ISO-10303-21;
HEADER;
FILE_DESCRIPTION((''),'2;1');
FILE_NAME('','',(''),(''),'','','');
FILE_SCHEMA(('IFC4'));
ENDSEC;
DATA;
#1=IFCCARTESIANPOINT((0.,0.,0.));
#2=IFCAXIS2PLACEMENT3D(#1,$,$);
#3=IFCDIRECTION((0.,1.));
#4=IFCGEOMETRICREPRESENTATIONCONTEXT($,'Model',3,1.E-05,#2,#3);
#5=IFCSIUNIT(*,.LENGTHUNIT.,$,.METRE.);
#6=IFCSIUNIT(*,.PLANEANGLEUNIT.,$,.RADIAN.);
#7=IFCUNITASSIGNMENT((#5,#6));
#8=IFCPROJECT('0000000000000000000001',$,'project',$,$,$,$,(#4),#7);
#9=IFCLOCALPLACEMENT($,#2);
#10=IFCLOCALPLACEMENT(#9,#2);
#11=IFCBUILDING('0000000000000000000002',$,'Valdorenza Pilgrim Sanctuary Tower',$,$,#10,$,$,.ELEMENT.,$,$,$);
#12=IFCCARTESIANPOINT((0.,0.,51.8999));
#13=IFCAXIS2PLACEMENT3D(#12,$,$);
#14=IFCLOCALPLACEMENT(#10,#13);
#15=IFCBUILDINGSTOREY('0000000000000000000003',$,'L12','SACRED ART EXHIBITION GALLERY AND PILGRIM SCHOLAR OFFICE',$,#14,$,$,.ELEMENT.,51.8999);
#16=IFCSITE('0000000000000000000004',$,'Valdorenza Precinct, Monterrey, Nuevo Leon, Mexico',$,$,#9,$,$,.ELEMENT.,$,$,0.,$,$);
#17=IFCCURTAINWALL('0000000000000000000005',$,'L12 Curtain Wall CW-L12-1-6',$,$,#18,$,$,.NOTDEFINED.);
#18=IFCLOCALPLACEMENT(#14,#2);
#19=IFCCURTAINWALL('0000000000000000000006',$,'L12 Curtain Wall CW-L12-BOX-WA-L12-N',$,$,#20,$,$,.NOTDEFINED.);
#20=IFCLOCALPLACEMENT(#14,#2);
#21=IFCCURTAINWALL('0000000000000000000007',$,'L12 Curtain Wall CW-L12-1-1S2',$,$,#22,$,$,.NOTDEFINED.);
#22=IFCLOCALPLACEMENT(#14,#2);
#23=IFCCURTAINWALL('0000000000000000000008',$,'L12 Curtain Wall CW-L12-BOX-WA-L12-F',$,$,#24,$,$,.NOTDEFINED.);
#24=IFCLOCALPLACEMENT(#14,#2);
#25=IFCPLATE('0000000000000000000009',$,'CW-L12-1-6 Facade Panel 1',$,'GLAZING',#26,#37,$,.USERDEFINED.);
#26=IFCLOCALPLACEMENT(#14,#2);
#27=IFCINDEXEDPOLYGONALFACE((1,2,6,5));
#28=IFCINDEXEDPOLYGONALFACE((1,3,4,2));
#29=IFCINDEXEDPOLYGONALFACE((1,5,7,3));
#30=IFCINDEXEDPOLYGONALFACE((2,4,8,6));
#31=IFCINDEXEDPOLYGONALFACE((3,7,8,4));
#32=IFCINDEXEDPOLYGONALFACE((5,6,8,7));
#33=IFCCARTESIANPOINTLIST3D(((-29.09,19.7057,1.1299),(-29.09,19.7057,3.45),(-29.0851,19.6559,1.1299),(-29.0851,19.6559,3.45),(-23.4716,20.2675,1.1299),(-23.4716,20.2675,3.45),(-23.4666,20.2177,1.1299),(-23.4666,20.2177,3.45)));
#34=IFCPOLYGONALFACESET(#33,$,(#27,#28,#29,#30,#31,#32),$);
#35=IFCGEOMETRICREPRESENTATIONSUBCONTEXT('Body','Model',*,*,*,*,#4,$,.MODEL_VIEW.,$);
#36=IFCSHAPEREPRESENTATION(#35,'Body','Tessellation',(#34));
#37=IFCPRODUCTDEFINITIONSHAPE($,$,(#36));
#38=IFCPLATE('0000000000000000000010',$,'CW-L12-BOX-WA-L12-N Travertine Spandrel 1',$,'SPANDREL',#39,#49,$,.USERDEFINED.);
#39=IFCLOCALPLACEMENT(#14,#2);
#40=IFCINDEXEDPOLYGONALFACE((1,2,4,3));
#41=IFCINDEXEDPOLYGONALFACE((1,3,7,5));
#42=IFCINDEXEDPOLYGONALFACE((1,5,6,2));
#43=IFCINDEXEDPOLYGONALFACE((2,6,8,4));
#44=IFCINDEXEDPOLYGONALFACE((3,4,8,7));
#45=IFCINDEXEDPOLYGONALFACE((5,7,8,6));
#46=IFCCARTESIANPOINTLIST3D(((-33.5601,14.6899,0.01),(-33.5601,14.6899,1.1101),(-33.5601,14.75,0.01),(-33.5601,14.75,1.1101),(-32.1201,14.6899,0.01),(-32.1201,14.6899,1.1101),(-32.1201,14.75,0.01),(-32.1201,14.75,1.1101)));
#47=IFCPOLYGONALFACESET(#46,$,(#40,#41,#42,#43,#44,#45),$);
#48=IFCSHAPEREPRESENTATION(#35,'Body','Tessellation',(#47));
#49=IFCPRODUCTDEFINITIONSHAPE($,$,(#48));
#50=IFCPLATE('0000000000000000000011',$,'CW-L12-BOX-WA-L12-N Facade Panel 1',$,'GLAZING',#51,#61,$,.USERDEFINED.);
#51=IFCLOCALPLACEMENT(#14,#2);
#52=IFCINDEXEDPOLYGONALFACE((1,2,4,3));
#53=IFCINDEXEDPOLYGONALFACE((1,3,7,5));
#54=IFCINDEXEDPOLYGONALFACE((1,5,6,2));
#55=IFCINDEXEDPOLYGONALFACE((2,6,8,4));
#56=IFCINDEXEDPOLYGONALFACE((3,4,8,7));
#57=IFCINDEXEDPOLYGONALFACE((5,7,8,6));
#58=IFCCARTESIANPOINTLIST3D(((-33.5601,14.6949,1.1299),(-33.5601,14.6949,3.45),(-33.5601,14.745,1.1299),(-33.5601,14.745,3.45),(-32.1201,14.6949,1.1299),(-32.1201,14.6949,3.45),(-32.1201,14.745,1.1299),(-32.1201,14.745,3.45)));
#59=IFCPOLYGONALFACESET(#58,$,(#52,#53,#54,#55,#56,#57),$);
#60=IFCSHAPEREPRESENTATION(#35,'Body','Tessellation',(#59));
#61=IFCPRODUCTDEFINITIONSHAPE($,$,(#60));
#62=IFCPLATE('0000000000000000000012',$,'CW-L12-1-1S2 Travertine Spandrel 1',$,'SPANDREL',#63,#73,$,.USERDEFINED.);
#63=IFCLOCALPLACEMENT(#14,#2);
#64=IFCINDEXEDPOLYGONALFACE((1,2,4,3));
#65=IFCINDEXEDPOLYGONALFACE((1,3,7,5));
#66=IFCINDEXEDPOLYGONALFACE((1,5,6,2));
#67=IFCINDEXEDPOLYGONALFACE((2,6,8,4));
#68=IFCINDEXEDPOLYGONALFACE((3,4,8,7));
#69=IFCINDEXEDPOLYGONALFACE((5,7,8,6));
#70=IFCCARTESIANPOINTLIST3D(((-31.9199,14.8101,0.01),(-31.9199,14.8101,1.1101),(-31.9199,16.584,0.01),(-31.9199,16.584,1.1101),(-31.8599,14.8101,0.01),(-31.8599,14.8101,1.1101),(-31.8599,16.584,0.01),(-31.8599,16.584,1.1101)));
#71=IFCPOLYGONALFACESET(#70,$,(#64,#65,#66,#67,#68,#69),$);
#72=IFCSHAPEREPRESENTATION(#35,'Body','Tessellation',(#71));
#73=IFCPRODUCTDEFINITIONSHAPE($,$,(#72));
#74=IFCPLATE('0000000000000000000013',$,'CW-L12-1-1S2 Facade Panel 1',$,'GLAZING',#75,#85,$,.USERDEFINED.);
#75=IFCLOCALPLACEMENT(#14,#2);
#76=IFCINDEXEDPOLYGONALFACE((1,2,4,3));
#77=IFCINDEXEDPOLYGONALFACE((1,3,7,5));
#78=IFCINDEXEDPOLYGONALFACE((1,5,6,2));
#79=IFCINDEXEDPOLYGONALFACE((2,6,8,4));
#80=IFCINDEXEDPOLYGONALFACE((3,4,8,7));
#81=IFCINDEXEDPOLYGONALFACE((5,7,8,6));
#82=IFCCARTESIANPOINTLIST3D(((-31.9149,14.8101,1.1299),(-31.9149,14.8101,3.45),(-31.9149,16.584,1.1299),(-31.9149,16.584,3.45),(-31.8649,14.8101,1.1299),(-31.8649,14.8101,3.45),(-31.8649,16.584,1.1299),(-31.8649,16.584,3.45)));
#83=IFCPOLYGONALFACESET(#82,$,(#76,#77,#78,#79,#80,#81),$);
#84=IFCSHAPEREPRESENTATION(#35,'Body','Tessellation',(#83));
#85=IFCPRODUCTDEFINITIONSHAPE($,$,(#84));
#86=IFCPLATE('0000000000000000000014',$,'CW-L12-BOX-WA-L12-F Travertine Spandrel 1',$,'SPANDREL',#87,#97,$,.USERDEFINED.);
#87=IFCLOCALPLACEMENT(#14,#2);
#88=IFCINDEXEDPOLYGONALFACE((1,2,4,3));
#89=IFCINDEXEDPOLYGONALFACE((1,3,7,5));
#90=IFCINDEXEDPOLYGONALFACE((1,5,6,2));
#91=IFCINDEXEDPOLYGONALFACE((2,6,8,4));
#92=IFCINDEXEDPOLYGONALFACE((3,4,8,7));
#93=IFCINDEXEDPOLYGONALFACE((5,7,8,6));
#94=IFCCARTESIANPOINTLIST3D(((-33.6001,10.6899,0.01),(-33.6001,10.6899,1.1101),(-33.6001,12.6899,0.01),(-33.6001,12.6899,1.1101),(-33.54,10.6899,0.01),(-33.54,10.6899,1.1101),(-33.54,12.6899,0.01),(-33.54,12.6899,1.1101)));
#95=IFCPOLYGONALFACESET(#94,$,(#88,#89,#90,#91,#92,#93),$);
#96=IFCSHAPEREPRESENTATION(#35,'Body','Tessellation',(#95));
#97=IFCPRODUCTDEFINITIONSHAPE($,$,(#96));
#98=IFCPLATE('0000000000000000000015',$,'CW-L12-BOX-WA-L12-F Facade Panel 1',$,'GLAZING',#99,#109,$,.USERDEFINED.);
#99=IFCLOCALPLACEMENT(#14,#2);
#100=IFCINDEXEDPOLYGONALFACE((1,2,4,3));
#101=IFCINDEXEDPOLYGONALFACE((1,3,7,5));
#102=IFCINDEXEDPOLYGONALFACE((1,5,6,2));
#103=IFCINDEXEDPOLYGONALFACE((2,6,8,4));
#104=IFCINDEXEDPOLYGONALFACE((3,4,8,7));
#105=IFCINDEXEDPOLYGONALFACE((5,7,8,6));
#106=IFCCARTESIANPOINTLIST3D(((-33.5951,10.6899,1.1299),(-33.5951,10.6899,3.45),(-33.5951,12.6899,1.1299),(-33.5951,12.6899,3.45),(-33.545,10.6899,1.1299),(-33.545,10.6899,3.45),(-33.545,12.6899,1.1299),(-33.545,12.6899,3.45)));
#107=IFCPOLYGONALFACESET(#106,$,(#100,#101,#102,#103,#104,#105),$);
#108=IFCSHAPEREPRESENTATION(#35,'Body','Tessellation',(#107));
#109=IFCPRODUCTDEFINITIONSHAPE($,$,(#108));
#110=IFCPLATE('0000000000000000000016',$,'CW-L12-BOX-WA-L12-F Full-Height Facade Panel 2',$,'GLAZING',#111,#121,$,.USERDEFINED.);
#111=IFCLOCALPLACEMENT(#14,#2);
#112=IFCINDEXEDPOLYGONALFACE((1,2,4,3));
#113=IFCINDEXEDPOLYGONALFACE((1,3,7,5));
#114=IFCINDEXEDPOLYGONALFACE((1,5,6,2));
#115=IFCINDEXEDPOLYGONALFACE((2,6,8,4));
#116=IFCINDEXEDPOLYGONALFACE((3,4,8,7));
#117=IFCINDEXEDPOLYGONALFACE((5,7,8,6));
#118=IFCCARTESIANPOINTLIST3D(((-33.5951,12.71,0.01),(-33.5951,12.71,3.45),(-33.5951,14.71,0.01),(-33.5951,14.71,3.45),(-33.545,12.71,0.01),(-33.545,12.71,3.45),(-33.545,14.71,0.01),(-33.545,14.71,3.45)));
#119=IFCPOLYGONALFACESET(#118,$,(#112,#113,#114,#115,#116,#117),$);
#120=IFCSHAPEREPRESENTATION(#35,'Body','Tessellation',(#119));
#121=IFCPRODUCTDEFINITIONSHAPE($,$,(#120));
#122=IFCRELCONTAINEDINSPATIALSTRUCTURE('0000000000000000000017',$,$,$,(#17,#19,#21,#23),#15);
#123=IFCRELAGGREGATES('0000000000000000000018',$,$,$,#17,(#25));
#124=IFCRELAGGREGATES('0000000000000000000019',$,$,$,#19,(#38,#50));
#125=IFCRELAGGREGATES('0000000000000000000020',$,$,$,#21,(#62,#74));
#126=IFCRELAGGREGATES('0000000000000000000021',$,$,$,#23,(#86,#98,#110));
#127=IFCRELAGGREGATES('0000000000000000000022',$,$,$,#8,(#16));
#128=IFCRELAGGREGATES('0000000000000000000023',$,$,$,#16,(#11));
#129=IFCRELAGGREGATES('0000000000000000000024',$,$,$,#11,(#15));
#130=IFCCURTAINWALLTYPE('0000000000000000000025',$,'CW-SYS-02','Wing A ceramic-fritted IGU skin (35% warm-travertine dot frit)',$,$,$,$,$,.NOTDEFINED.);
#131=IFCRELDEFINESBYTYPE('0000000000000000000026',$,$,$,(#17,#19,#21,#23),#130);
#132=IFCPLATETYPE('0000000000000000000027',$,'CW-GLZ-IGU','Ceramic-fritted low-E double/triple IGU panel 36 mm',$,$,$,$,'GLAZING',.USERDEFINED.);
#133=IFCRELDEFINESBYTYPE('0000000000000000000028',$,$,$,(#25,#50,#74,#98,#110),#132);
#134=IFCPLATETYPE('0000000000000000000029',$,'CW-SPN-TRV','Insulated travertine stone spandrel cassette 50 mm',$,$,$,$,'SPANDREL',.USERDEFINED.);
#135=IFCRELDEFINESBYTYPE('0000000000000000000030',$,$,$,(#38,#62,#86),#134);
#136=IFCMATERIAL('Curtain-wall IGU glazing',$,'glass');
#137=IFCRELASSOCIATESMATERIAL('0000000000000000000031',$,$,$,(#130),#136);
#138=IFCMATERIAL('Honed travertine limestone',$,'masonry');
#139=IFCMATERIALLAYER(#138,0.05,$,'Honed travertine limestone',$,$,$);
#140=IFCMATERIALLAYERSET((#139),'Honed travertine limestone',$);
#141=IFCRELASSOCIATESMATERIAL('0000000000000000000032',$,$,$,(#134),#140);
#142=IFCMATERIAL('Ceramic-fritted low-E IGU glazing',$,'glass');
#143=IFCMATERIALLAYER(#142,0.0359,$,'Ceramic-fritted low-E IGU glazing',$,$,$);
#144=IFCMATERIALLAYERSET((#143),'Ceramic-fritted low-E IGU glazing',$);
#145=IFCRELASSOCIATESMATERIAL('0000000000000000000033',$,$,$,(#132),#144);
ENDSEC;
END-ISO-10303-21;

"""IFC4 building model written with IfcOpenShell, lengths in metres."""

from ifc_helpers import new_model, si_unit, direction, frame, origin, origin_2d, place, context, subcontext, project, spatial, rectangle, extrude, source, transform, mapped, material, layer, layer_set, type_object, element, aggregate, save


model = new_model("IFC4")

# Units and contexts
model_context = context("Model", 3, precision=1e-05, world=origin(), true_north=direction((0.0, 1.0)))
body_context = subcontext(model_context, "Body", "Model", "MODEL_VIEW")
ifc_project = project(units=[si_unit("LENGTHUNIT", "METRE"), si_unit("PLANEANGLEUNIT", "RADIAN")], contexts=[model_context])

# Site, building, storey
site_placement = place(None, origin())
site = spatial("IfcSite", under=ifc_project, at=site_placement, Name="Valdorenza Precinct, Monterrey, Nuevo Leon, Mexico", CompositionType="ELEMENT", RefElevation=0.0)
building_placement = place(site_placement, origin())
building = spatial("IfcBuilding", under=site, at=building_placement, Name="Valdorenza Pilgrim Sanctuary Tower", CompositionType="ELEMENT")
storey_placement = place(building_placement, frame((0.0, 0.0, 51.8999)))
storey = spatial("IfcBuildingStorey", under=building, at=storey_placement, Name="L12", Description="SACRED ART EXHIBITION GALLERY AND PILGRIM SCHOLAR OFFICE", CompositionType="ELEMENT", Elevation=51.8999)

# Curtain walls
ifc_material_1 = material(Name="Curtain-wall IGU glazing", Category="glass")
curtain_wall_type = type_object("IfcCurtainWallType", Name="CW-SYS-02", Description="Wing A ceramic-fritted IGU skin (35% warm-travertine dot frit)", PredefinedType="NOTDEFINED", material=ifc_material_1)
curtain_wall_1_placement = place(storey_placement, origin())
curtain_wall_1 = element("IfcCurtainWall", 1, at=curtain_wall_1_placement, inside=storey, type_object=curtain_wall_type, Name="L12 Curtain Wall CW-L12-1-6", PredefinedType="NOTDEFINED")
curtain_wall_2_placement = place(storey_placement, origin())
curtain_wall_2 = element("IfcCurtainWall", 2, at=curtain_wall_2_placement, inside=storey, type_object=curtain_wall_type, Name="L12 Curtain Wall CW-L12-BOX-WA-L12-N", PredefinedType="NOTDEFINED")

# Curtain wall
curtain_wall_3_placement = place(storey_placement, origin())
curtain_wall_3 = element("IfcCurtainWall", 3, at=curtain_wall_3_placement, inside=storey, type_object=curtain_wall_type, Name="L12 Curtain Wall CW-L12-1-1S2", PredefinedType="NOTDEFINED")

# Curtain wall
curtain_wall_4_placement = place(storey_placement, origin())
curtain_wall_4 = element("IfcCurtainWall", 4, at=curtain_wall_4_placement, inside=storey, type_object=curtain_wall_type, Name="L12 Curtain Wall CW-L12-BOX-WA-L12-F", PredefinedType="NOTDEFINED")

# Plates
ifc_material_2 = material(Name="Honed travertine limestone", Category="masonry")
ifc_layer_1 = layer(ifc_material_2, 0.05, Name="Honed travertine limestone")
ifc_layer_set_1 = layer_set([ifc_layer_1], Name="Honed travertine limestone")
plate_type_1 = type_object("IfcPlateType", Name="CW-SPN-TRV", Description="Insulated travertine stone spandrel cassette 50 mm", ElementType="SPANDREL", PredefinedType="USERDEFINED", material=ifc_layer_set_1)
ifc_material_3 = material(Name="Ceramic-fritted low-E IGU glazing", Category="glass")
ifc_layer_2 = layer(ifc_material_3, 0.0359, Name="Ceramic-fritted low-E IGU glazing")
ifc_layer_set_2 = layer_set([ifc_layer_2], Name="Ceramic-fritted low-E IGU glazing")
plate_type_2 = type_object("IfcPlateType", Name="CW-GLZ-IGU", Description="Ceramic-fritted low-E double/triple IGU panel 36 mm", ElementType="GLAZING", PredefinedType="USERDEFINED", material=ifc_layer_set_2)
shared_shape_1 = source(origin(), body_context, "Body", "SweptSolid", [
    extrude(rectangle(XDim=5.6465, YDim=0.05, at=origin_2d()), origin(), (0.0, 0.0, 1.0), 2.3201),
])
plate_1_placement = place(storey_placement, frame((-26.2783, 19.9617, 1.1299), z_axis=(0.0, 0.0, 1.0), x_axis=(0.995038, 0.099493, 0.0)))
plate_1 = element("IfcPlate", 5, at=plate_1_placement, type_object=plate_type_2, Name="CW-L12-1-6 Facade Panel 1", ObjectType="GLAZING", PredefinedType="USERDEFINED", context=body_context, shape_type="MappedRepresentation", body=[
    mapped(shared_shape_1, transform((0.0, 0.0, 0.0), x_axis=(1.0, 0.0, 0.0), y_axis=(0.0, 1.0, 0.0), z_axis=(0.0, 0.0, 1.0), scale=1.0)),
])
aggregate(curtain_wall_1, [plate_1])
shared_shape_2 = source(origin(), body_context, "Body", "SweptSolid", [
    extrude(rectangle(XDim=1.4399, YDim=0.0601, at=origin_2d()), origin(), (0.0, 0.0, 1.0), 1.1001),
])
plate_2_placement = place(storey_placement, frame((-32.8401, 14.72, 0.01), z_axis=(0.0, 0.0, 1.0), x_axis=(1.0, 0.0, 0.0)))
plate_2 = element("IfcPlate", 6, at=plate_2_placement, type_object=plate_type_1, Name="CW-L12-BOX-WA-L12-N Travertine Spandrel 1", ObjectType="SPANDREL", PredefinedType="USERDEFINED", context=body_context, shape_type="MappedRepresentation", body=[
    mapped(shared_shape_2, transform((0.0, 0.0, 0.0), x_axis=(1.0, 0.0, 0.0), y_axis=(0.0, 1.0, 0.0), z_axis=(0.0, 0.0, 1.0), scale=1.0)),
])
shared_shape_3 = source(origin(), body_context, "Body", "SweptSolid", [
    extrude(rectangle(XDim=1.4399, YDim=0.05, at=origin_2d()), origin(), (0.0, 0.0, 1.0), 2.3201),
])
plate_3_placement = place(storey_placement, frame((-32.8401, 14.72, 1.1299), z_axis=(0.0, 0.0, 1.0), x_axis=(1.0, 0.0, 0.0)))
plate_3 = element("IfcPlate", 7, at=plate_3_placement, type_object=plate_type_2, Name="CW-L12-BOX-WA-L12-N Facade Panel 1", ObjectType="GLAZING", PredefinedType="USERDEFINED", context=body_context, shape_type="MappedRepresentation", body=[
    mapped(shared_shape_3, transform((0.0, 0.0, 0.0), x_axis=(1.0, 0.0, 0.0), y_axis=(0.0, 1.0, 0.0), z_axis=(0.0, 0.0, 1.0), scale=1.0)),
])
aggregate(curtain_wall_2, [plate_2, plate_3])
shared_shape_4 = source(origin(), body_context, "Body", "SweptSolid", [
    extrude(rectangle(XDim=1.7739, YDim=0.0601, at=origin_2d()), origin(), (0.0, 0.0, 1.0), 1.1001),
])
plate_4_placement = place(storey_placement, frame((-31.8899, 15.697, 0.01), z_axis=(0.0, 0.0, 1.0), x_axis=(0.0, 1.0, 0.0)))
plate_4 = element("IfcPlate", 8, at=plate_4_placement, type_object=plate_type_1, Name="CW-L12-1-1S2 Travertine Spandrel 1", ObjectType="SPANDREL", PredefinedType="USERDEFINED", context=body_context, shape_type="MappedRepresentation", body=[
    mapped(shared_shape_4, transform((0.0, 0.0, 0.0), x_axis=(1.0, 0.0, 0.0), y_axis=(0.0, 1.0, 0.0), z_axis=(0.0, 0.0, 1.0), scale=1.0)),
])
shared_shape_5 = source(origin(), body_context, "Body", "SweptSolid", [
    extrude(rectangle(XDim=1.7739, YDim=0.05, at=origin_2d()), origin(), (0.0, 0.0, 1.0), 2.3201),
])
plate_5_placement = place(storey_placement, frame((-31.8899, 15.697, 1.1299), z_axis=(0.0, 0.0, 1.0), x_axis=(0.0, 1.0, 0.0)))
plate_5 = element("IfcPlate", 9, at=plate_5_placement, type_object=plate_type_2, Name="CW-L12-1-1S2 Facade Panel 1", ObjectType="GLAZING", PredefinedType="USERDEFINED", context=body_context, shape_type="MappedRepresentation", body=[
    mapped(shared_shape_5, transform((0.0, 0.0, 0.0), x_axis=(1.0, 0.0, 0.0), y_axis=(0.0, 1.0, 0.0), z_axis=(0.0, 0.0, 1.0), scale=1.0)),
])
aggregate(curtain_wall_3, [plate_4, plate_5])
shared_shape_6 = source(origin(), body_context, "Body", "SweptSolid", [
    extrude(rectangle(XDim=2.0, YDim=0.0601, at=origin_2d()), origin(), (0.0, 0.0, 1.0), 1.1001),
])
plate_6_placement = place(storey_placement, frame((-33.5701, 11.6899, 0.01), z_axis=(0.0, 0.0, 1.0), x_axis=(0.0, 1.0, 0.0)))
plate_6 = element("IfcPlate", 10, at=plate_6_placement, type_object=plate_type_1, Name="CW-L12-BOX-WA-L12-F Travertine Spandrel 1", ObjectType="SPANDREL", PredefinedType="USERDEFINED", context=body_context, shape_type="MappedRepresentation", body=[
    mapped(shared_shape_6, transform((0.0, 0.0, 0.0), x_axis=(1.0, 0.0, 0.0), y_axis=(0.0, 1.0, 0.0), z_axis=(0.0, 0.0, 1.0), scale=1.0)),
])
shared_shape_7 = source(origin(), body_context, "Body", "SweptSolid", [
    extrude(rectangle(XDim=2.0, YDim=0.05, at=origin_2d()), origin(), (0.0, 0.0, 1.0), 2.3201),
])
plate_7_placement = place(storey_placement, frame((-33.5701, 11.6899, 1.1299), z_axis=(0.0, 0.0, 1.0), x_axis=(0.0, 1.0, 0.0)))
plate_7 = element("IfcPlate", 11, at=plate_7_placement, type_object=plate_type_2, Name="CW-L12-BOX-WA-L12-F Facade Panel 1", ObjectType="GLAZING", PredefinedType="USERDEFINED", context=body_context, shape_type="MappedRepresentation", body=[
    mapped(shared_shape_7, transform((0.0, 0.0, 0.0), x_axis=(1.0, 0.0, 0.0), y_axis=(0.0, 1.0, 0.0), z_axis=(0.0, 0.0, 1.0), scale=1.0)),
])
shared_shape_8 = source(origin(), body_context, "Body", "SweptSolid", [
    extrude(rectangle(XDim=2.0, YDim=0.05, at=origin_2d()), origin(), (0.0, 0.0, 1.0), 3.4399),
])
plate_8_placement = place(storey_placement, frame((-33.5701, 13.71, 0.01), z_axis=(0.0, 0.0, 1.0), x_axis=(0.0, 1.0, 0.0)))
plate_8 = element("IfcPlate", 12, at=plate_8_placement, type_object=plate_type_2, Name="CW-L12-BOX-WA-L12-F Full-Height Facade Panel 2", ObjectType="GLAZING", PredefinedType="USERDEFINED", context=body_context, shape_type="MappedRepresentation", body=[
    mapped(shared_shape_8, transform((0.0, 0.0, 0.0), x_axis=(1.0, 0.0, 0.0), y_axis=(0.0, 1.0, 0.0), z_axis=(0.0, 0.0, 1.0), scale=1.0)),
])
aggregate(curtain_wall_4, [plate_6, plate_7, plate_8])

save(model, "model.ifc")
